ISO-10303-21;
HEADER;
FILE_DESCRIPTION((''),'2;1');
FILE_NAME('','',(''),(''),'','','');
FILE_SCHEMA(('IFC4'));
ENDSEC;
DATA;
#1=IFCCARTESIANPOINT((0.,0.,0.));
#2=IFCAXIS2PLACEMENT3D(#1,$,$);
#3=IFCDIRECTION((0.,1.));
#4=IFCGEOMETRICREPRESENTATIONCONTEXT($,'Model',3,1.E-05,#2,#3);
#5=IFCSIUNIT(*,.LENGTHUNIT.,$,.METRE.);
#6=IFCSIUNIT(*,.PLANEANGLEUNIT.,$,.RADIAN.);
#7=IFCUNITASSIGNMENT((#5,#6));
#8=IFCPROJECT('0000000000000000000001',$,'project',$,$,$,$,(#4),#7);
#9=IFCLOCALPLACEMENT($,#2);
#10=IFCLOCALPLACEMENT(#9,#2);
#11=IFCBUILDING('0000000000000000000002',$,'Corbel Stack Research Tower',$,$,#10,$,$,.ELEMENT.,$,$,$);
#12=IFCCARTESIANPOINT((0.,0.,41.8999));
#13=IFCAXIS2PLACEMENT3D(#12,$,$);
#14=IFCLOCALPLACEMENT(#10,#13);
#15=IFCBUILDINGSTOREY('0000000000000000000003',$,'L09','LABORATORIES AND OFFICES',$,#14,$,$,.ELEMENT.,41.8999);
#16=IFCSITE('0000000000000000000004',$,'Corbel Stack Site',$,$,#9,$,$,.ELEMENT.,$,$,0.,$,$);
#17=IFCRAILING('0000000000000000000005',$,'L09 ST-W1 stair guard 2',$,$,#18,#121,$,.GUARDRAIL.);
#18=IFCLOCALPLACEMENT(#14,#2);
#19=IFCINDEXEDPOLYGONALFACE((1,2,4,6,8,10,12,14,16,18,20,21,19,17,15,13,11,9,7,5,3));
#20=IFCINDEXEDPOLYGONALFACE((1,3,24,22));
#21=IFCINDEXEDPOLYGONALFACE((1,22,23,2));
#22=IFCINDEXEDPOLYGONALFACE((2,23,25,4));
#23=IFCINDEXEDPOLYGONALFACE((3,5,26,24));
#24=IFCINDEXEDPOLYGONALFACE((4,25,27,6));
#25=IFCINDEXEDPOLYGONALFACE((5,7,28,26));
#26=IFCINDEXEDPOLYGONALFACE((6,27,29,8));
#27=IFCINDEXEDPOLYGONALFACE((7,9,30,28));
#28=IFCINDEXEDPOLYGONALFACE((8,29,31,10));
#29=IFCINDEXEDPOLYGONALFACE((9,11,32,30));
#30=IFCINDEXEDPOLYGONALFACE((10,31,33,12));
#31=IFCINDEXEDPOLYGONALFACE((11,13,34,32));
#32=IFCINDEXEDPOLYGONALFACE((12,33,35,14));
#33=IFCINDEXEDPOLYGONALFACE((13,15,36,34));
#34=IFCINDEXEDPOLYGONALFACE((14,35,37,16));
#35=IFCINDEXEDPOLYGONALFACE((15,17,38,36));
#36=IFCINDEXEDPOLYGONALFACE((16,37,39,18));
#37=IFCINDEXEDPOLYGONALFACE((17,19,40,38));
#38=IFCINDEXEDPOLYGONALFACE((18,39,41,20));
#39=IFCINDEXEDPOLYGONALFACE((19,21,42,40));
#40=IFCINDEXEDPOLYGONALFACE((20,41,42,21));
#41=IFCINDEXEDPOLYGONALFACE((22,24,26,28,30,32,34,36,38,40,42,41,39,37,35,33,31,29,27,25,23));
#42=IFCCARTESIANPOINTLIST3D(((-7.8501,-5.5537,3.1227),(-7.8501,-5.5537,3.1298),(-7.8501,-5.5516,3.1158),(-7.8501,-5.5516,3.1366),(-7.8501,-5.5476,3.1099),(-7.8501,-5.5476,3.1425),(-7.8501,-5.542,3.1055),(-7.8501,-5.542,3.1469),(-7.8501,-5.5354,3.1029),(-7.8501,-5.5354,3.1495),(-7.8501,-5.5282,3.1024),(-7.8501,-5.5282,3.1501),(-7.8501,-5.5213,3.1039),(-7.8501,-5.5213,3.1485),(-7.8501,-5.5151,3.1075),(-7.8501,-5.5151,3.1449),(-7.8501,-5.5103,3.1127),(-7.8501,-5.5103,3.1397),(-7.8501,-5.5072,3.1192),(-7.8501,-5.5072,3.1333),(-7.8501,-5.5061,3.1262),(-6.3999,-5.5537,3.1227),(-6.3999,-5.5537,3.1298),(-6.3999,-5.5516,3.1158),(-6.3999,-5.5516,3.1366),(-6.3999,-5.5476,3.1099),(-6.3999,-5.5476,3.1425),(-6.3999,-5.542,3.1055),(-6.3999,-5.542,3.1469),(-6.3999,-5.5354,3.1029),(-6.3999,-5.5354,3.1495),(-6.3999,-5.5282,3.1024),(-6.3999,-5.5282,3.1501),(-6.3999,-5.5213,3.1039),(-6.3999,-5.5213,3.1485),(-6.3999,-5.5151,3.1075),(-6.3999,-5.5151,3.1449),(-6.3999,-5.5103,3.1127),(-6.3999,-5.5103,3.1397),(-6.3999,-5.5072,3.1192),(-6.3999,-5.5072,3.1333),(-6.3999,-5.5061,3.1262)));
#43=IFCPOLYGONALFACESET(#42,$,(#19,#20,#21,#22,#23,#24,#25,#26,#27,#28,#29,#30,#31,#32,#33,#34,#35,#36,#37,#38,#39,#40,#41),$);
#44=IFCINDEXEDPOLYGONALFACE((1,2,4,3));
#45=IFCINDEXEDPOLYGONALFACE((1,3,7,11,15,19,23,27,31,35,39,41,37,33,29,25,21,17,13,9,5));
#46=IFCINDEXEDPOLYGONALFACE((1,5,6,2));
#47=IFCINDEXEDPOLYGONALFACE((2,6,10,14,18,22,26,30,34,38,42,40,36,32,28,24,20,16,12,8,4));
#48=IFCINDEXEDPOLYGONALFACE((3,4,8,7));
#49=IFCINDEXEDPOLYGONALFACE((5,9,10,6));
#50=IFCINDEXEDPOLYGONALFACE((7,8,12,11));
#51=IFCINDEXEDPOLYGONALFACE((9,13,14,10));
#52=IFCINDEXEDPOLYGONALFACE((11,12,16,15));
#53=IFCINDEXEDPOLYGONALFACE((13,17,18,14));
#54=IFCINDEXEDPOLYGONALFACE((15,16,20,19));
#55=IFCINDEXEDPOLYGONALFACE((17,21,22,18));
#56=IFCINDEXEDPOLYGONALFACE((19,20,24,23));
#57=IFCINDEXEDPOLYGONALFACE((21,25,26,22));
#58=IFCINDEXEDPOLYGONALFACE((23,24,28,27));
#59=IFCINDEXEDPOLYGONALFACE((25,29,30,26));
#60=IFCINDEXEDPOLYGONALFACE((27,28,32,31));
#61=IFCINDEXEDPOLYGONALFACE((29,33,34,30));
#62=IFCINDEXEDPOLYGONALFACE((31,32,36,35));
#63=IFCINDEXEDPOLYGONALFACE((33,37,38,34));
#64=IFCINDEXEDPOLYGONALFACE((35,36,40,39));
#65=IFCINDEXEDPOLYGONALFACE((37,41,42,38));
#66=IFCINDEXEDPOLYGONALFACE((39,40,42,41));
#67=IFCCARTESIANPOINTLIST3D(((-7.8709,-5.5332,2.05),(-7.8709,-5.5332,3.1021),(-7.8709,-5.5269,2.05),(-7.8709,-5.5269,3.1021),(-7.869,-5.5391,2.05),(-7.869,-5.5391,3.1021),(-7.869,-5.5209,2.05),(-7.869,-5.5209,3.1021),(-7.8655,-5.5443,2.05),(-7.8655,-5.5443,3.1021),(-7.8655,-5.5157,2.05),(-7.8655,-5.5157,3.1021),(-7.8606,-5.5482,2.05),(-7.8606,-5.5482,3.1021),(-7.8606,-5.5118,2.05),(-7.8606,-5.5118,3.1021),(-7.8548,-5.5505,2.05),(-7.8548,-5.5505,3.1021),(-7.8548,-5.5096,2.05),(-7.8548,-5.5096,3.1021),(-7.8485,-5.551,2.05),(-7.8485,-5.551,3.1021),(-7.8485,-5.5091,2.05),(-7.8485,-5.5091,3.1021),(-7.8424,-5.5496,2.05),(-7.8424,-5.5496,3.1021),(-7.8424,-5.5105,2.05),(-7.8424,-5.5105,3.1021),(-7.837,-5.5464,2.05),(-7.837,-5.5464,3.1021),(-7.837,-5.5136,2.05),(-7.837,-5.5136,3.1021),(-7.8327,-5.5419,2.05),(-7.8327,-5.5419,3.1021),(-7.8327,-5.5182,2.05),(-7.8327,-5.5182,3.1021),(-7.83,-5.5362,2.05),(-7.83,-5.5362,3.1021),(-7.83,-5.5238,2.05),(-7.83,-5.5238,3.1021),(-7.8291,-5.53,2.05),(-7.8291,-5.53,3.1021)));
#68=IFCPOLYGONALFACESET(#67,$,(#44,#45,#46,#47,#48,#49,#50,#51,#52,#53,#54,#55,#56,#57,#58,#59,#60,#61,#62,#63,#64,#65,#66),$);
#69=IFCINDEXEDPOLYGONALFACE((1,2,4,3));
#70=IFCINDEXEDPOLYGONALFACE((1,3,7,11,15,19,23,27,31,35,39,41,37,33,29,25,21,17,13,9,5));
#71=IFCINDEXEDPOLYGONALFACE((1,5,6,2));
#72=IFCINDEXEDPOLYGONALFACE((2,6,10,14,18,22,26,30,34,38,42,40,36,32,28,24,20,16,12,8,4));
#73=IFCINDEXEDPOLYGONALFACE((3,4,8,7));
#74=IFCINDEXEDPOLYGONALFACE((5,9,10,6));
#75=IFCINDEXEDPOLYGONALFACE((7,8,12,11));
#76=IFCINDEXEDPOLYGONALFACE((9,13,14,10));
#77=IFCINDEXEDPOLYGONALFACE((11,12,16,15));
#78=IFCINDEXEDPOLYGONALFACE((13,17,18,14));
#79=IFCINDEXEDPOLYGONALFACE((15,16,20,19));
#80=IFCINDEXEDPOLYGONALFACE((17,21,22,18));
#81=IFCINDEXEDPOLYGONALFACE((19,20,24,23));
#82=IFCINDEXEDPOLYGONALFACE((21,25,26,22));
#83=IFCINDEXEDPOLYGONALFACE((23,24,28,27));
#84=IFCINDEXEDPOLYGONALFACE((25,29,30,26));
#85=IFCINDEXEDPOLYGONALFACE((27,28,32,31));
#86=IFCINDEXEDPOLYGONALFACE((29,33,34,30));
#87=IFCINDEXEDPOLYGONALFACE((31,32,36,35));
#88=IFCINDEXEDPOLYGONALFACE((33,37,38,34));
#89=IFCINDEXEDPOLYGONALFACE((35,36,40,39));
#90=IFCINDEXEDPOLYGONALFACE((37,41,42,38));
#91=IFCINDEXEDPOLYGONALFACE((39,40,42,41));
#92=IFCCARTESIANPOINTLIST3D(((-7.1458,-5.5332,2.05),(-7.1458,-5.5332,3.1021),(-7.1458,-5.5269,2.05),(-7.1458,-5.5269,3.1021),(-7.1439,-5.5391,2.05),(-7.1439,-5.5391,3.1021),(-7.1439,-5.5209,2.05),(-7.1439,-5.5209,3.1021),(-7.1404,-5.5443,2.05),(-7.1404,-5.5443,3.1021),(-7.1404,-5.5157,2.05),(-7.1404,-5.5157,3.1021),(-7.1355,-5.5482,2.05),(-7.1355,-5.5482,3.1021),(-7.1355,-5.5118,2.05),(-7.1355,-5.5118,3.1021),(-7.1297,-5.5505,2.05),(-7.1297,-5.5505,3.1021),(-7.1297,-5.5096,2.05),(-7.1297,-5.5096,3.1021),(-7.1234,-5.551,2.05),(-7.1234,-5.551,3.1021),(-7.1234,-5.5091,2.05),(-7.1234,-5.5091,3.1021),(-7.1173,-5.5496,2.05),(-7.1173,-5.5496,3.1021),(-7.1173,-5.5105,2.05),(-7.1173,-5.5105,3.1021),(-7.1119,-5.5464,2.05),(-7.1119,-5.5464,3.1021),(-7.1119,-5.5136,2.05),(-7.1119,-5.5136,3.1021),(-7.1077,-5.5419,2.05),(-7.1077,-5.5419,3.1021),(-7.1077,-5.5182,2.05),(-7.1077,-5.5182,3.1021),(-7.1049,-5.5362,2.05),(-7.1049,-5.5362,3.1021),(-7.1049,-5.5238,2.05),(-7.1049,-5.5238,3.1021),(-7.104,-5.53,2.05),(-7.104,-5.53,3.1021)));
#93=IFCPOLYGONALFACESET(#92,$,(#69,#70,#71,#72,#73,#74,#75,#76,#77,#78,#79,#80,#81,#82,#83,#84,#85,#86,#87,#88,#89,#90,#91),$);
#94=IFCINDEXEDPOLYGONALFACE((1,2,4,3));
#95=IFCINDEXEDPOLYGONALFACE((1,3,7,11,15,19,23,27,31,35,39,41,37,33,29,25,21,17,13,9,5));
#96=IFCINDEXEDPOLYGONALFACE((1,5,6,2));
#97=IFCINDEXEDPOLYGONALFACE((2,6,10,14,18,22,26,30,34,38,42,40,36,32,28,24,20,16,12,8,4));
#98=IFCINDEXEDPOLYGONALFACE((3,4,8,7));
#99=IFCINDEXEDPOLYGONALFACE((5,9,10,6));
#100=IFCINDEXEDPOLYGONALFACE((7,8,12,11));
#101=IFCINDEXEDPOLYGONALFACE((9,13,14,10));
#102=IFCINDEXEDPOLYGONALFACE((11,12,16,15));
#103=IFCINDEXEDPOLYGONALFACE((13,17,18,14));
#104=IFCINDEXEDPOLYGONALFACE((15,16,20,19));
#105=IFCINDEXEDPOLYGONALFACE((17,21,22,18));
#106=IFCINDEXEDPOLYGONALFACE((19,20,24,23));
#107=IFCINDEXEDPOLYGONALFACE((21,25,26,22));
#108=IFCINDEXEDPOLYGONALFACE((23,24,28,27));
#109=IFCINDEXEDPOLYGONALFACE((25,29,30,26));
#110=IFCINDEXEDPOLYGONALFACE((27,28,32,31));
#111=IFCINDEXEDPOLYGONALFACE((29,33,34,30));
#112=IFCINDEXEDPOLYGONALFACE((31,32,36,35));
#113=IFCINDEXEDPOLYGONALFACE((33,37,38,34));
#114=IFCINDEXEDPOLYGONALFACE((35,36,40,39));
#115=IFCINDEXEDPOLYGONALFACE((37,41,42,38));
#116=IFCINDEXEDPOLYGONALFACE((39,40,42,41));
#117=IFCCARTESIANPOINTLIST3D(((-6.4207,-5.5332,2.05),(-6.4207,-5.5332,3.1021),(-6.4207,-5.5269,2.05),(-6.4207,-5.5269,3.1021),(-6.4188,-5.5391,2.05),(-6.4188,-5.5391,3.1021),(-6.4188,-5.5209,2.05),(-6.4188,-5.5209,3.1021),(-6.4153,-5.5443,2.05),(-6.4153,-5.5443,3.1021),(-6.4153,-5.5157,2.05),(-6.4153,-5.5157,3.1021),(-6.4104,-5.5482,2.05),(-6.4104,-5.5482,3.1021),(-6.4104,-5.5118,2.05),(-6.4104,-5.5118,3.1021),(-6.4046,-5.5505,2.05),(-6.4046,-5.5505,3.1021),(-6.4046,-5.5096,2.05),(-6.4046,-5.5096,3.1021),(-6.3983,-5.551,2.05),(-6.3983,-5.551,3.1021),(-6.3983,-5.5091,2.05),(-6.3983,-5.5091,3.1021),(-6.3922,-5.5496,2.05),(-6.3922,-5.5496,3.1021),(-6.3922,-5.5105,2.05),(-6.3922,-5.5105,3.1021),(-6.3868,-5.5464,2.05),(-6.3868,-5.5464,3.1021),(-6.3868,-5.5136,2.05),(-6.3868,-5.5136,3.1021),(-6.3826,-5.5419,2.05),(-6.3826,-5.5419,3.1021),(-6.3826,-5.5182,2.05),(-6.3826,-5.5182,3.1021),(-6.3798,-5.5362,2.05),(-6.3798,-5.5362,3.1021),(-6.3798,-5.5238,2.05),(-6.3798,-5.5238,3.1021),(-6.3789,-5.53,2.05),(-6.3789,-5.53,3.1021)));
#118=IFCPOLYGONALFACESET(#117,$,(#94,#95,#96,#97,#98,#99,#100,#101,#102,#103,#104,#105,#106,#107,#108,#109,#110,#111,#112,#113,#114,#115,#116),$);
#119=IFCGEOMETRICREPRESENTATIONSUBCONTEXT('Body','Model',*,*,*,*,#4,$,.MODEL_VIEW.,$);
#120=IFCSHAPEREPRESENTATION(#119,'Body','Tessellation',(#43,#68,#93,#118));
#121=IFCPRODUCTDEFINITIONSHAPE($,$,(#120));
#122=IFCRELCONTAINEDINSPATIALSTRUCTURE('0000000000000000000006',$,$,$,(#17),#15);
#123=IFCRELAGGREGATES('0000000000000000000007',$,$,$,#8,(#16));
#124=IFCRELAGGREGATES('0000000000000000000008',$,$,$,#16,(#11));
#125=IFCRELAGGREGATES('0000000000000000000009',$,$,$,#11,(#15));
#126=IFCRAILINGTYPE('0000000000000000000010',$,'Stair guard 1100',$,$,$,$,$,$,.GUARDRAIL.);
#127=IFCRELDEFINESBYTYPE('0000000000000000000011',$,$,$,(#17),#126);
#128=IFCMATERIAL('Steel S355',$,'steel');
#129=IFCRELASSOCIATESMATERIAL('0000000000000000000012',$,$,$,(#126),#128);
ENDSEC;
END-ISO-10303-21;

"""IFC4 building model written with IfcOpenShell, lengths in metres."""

from ifc_helpers import new_model, si_unit, direction, frame, origin, origin_2d, place, context, subcontext, project, spatial, circle, extrude, material, type_object, element, save


model = new_model("IFC4")

# Units and contexts
model_context = context("Model", 3, precision=1e-05, world=origin(), true_north=direction((0.0, 1.0)))
body_context = subcontext(model_context, "Body", "Model", "MODEL_VIEW")
ifc_project = project(units=[si_unit("LENGTHUNIT", "METRE"), si_unit("PLANEANGLEUNIT", "RADIAN")], contexts=[model_context])

# Site, building, storey
site_placement = place(None, origin())
site = spatial("IfcSite", under=ifc_project, at=site_placement, Name="Corbel Stack Site", CompositionType="ELEMENT", RefElevation=0.0)
building_placement = place(site_placement, origin())
building = spatial("IfcBuilding", under=site, at=building_placement, Name="Corbel Stack Research Tower", CompositionType="ELEMENT")
storey_placement = place(building_placement, frame((0.0, 0.0, 41.8999)))
storey = spatial("IfcBuildingStorey", under=building, at=storey_placement, Name="L09", Description="LABORATORIES AND OFFICES", CompositionType="ELEMENT", Elevation=41.8999)

# Railing
ifc_material_1 = material(Name="Steel S355", Category="steel")
railing_type_1 = type_object("IfcRailingType", Name="Stair guard 1100", PredefinedType="GUARDRAIL", material=ifc_material_1)
railing_1_placement = place(storey_placement, frame((-7.8501, -5.53, 2.05)))
element("IfcRailing", 1, at=railing_1_placement, inside=storey, type_object=railing_type_1, Name="L09 ST-W1 stair guard 2", PredefinedType="GUARDRAIL", context=body_context, shape_type="SweptSolid", body=[
    extrude(circle(Radius=0.0239, at=origin_2d()), frame((0.0, 0.0, 1.0762), z_axis=(1.0, 0.0, 0.0), x_axis=(0.0, 1.0, 0.0)), (0.0, 0.0, 1.0), 1.4502),
    extrude(circle(Radius=0.021, at=origin_2d()), origin(), (0.0, 0.0, 1.0), 1.052),
    extrude(circle(Radius=0.021, at=origin_2d()), frame((0.7251, 0.0, 0.0)), (0.0, 0.0, 1.0), 1.052),
    extrude(circle(Radius=0.021, at=origin_2d()), frame((1.4502, 0.0, 0.0)), (0.0, 0.0, 1.0), 1.052),
])

save(model, "model.ifc")
